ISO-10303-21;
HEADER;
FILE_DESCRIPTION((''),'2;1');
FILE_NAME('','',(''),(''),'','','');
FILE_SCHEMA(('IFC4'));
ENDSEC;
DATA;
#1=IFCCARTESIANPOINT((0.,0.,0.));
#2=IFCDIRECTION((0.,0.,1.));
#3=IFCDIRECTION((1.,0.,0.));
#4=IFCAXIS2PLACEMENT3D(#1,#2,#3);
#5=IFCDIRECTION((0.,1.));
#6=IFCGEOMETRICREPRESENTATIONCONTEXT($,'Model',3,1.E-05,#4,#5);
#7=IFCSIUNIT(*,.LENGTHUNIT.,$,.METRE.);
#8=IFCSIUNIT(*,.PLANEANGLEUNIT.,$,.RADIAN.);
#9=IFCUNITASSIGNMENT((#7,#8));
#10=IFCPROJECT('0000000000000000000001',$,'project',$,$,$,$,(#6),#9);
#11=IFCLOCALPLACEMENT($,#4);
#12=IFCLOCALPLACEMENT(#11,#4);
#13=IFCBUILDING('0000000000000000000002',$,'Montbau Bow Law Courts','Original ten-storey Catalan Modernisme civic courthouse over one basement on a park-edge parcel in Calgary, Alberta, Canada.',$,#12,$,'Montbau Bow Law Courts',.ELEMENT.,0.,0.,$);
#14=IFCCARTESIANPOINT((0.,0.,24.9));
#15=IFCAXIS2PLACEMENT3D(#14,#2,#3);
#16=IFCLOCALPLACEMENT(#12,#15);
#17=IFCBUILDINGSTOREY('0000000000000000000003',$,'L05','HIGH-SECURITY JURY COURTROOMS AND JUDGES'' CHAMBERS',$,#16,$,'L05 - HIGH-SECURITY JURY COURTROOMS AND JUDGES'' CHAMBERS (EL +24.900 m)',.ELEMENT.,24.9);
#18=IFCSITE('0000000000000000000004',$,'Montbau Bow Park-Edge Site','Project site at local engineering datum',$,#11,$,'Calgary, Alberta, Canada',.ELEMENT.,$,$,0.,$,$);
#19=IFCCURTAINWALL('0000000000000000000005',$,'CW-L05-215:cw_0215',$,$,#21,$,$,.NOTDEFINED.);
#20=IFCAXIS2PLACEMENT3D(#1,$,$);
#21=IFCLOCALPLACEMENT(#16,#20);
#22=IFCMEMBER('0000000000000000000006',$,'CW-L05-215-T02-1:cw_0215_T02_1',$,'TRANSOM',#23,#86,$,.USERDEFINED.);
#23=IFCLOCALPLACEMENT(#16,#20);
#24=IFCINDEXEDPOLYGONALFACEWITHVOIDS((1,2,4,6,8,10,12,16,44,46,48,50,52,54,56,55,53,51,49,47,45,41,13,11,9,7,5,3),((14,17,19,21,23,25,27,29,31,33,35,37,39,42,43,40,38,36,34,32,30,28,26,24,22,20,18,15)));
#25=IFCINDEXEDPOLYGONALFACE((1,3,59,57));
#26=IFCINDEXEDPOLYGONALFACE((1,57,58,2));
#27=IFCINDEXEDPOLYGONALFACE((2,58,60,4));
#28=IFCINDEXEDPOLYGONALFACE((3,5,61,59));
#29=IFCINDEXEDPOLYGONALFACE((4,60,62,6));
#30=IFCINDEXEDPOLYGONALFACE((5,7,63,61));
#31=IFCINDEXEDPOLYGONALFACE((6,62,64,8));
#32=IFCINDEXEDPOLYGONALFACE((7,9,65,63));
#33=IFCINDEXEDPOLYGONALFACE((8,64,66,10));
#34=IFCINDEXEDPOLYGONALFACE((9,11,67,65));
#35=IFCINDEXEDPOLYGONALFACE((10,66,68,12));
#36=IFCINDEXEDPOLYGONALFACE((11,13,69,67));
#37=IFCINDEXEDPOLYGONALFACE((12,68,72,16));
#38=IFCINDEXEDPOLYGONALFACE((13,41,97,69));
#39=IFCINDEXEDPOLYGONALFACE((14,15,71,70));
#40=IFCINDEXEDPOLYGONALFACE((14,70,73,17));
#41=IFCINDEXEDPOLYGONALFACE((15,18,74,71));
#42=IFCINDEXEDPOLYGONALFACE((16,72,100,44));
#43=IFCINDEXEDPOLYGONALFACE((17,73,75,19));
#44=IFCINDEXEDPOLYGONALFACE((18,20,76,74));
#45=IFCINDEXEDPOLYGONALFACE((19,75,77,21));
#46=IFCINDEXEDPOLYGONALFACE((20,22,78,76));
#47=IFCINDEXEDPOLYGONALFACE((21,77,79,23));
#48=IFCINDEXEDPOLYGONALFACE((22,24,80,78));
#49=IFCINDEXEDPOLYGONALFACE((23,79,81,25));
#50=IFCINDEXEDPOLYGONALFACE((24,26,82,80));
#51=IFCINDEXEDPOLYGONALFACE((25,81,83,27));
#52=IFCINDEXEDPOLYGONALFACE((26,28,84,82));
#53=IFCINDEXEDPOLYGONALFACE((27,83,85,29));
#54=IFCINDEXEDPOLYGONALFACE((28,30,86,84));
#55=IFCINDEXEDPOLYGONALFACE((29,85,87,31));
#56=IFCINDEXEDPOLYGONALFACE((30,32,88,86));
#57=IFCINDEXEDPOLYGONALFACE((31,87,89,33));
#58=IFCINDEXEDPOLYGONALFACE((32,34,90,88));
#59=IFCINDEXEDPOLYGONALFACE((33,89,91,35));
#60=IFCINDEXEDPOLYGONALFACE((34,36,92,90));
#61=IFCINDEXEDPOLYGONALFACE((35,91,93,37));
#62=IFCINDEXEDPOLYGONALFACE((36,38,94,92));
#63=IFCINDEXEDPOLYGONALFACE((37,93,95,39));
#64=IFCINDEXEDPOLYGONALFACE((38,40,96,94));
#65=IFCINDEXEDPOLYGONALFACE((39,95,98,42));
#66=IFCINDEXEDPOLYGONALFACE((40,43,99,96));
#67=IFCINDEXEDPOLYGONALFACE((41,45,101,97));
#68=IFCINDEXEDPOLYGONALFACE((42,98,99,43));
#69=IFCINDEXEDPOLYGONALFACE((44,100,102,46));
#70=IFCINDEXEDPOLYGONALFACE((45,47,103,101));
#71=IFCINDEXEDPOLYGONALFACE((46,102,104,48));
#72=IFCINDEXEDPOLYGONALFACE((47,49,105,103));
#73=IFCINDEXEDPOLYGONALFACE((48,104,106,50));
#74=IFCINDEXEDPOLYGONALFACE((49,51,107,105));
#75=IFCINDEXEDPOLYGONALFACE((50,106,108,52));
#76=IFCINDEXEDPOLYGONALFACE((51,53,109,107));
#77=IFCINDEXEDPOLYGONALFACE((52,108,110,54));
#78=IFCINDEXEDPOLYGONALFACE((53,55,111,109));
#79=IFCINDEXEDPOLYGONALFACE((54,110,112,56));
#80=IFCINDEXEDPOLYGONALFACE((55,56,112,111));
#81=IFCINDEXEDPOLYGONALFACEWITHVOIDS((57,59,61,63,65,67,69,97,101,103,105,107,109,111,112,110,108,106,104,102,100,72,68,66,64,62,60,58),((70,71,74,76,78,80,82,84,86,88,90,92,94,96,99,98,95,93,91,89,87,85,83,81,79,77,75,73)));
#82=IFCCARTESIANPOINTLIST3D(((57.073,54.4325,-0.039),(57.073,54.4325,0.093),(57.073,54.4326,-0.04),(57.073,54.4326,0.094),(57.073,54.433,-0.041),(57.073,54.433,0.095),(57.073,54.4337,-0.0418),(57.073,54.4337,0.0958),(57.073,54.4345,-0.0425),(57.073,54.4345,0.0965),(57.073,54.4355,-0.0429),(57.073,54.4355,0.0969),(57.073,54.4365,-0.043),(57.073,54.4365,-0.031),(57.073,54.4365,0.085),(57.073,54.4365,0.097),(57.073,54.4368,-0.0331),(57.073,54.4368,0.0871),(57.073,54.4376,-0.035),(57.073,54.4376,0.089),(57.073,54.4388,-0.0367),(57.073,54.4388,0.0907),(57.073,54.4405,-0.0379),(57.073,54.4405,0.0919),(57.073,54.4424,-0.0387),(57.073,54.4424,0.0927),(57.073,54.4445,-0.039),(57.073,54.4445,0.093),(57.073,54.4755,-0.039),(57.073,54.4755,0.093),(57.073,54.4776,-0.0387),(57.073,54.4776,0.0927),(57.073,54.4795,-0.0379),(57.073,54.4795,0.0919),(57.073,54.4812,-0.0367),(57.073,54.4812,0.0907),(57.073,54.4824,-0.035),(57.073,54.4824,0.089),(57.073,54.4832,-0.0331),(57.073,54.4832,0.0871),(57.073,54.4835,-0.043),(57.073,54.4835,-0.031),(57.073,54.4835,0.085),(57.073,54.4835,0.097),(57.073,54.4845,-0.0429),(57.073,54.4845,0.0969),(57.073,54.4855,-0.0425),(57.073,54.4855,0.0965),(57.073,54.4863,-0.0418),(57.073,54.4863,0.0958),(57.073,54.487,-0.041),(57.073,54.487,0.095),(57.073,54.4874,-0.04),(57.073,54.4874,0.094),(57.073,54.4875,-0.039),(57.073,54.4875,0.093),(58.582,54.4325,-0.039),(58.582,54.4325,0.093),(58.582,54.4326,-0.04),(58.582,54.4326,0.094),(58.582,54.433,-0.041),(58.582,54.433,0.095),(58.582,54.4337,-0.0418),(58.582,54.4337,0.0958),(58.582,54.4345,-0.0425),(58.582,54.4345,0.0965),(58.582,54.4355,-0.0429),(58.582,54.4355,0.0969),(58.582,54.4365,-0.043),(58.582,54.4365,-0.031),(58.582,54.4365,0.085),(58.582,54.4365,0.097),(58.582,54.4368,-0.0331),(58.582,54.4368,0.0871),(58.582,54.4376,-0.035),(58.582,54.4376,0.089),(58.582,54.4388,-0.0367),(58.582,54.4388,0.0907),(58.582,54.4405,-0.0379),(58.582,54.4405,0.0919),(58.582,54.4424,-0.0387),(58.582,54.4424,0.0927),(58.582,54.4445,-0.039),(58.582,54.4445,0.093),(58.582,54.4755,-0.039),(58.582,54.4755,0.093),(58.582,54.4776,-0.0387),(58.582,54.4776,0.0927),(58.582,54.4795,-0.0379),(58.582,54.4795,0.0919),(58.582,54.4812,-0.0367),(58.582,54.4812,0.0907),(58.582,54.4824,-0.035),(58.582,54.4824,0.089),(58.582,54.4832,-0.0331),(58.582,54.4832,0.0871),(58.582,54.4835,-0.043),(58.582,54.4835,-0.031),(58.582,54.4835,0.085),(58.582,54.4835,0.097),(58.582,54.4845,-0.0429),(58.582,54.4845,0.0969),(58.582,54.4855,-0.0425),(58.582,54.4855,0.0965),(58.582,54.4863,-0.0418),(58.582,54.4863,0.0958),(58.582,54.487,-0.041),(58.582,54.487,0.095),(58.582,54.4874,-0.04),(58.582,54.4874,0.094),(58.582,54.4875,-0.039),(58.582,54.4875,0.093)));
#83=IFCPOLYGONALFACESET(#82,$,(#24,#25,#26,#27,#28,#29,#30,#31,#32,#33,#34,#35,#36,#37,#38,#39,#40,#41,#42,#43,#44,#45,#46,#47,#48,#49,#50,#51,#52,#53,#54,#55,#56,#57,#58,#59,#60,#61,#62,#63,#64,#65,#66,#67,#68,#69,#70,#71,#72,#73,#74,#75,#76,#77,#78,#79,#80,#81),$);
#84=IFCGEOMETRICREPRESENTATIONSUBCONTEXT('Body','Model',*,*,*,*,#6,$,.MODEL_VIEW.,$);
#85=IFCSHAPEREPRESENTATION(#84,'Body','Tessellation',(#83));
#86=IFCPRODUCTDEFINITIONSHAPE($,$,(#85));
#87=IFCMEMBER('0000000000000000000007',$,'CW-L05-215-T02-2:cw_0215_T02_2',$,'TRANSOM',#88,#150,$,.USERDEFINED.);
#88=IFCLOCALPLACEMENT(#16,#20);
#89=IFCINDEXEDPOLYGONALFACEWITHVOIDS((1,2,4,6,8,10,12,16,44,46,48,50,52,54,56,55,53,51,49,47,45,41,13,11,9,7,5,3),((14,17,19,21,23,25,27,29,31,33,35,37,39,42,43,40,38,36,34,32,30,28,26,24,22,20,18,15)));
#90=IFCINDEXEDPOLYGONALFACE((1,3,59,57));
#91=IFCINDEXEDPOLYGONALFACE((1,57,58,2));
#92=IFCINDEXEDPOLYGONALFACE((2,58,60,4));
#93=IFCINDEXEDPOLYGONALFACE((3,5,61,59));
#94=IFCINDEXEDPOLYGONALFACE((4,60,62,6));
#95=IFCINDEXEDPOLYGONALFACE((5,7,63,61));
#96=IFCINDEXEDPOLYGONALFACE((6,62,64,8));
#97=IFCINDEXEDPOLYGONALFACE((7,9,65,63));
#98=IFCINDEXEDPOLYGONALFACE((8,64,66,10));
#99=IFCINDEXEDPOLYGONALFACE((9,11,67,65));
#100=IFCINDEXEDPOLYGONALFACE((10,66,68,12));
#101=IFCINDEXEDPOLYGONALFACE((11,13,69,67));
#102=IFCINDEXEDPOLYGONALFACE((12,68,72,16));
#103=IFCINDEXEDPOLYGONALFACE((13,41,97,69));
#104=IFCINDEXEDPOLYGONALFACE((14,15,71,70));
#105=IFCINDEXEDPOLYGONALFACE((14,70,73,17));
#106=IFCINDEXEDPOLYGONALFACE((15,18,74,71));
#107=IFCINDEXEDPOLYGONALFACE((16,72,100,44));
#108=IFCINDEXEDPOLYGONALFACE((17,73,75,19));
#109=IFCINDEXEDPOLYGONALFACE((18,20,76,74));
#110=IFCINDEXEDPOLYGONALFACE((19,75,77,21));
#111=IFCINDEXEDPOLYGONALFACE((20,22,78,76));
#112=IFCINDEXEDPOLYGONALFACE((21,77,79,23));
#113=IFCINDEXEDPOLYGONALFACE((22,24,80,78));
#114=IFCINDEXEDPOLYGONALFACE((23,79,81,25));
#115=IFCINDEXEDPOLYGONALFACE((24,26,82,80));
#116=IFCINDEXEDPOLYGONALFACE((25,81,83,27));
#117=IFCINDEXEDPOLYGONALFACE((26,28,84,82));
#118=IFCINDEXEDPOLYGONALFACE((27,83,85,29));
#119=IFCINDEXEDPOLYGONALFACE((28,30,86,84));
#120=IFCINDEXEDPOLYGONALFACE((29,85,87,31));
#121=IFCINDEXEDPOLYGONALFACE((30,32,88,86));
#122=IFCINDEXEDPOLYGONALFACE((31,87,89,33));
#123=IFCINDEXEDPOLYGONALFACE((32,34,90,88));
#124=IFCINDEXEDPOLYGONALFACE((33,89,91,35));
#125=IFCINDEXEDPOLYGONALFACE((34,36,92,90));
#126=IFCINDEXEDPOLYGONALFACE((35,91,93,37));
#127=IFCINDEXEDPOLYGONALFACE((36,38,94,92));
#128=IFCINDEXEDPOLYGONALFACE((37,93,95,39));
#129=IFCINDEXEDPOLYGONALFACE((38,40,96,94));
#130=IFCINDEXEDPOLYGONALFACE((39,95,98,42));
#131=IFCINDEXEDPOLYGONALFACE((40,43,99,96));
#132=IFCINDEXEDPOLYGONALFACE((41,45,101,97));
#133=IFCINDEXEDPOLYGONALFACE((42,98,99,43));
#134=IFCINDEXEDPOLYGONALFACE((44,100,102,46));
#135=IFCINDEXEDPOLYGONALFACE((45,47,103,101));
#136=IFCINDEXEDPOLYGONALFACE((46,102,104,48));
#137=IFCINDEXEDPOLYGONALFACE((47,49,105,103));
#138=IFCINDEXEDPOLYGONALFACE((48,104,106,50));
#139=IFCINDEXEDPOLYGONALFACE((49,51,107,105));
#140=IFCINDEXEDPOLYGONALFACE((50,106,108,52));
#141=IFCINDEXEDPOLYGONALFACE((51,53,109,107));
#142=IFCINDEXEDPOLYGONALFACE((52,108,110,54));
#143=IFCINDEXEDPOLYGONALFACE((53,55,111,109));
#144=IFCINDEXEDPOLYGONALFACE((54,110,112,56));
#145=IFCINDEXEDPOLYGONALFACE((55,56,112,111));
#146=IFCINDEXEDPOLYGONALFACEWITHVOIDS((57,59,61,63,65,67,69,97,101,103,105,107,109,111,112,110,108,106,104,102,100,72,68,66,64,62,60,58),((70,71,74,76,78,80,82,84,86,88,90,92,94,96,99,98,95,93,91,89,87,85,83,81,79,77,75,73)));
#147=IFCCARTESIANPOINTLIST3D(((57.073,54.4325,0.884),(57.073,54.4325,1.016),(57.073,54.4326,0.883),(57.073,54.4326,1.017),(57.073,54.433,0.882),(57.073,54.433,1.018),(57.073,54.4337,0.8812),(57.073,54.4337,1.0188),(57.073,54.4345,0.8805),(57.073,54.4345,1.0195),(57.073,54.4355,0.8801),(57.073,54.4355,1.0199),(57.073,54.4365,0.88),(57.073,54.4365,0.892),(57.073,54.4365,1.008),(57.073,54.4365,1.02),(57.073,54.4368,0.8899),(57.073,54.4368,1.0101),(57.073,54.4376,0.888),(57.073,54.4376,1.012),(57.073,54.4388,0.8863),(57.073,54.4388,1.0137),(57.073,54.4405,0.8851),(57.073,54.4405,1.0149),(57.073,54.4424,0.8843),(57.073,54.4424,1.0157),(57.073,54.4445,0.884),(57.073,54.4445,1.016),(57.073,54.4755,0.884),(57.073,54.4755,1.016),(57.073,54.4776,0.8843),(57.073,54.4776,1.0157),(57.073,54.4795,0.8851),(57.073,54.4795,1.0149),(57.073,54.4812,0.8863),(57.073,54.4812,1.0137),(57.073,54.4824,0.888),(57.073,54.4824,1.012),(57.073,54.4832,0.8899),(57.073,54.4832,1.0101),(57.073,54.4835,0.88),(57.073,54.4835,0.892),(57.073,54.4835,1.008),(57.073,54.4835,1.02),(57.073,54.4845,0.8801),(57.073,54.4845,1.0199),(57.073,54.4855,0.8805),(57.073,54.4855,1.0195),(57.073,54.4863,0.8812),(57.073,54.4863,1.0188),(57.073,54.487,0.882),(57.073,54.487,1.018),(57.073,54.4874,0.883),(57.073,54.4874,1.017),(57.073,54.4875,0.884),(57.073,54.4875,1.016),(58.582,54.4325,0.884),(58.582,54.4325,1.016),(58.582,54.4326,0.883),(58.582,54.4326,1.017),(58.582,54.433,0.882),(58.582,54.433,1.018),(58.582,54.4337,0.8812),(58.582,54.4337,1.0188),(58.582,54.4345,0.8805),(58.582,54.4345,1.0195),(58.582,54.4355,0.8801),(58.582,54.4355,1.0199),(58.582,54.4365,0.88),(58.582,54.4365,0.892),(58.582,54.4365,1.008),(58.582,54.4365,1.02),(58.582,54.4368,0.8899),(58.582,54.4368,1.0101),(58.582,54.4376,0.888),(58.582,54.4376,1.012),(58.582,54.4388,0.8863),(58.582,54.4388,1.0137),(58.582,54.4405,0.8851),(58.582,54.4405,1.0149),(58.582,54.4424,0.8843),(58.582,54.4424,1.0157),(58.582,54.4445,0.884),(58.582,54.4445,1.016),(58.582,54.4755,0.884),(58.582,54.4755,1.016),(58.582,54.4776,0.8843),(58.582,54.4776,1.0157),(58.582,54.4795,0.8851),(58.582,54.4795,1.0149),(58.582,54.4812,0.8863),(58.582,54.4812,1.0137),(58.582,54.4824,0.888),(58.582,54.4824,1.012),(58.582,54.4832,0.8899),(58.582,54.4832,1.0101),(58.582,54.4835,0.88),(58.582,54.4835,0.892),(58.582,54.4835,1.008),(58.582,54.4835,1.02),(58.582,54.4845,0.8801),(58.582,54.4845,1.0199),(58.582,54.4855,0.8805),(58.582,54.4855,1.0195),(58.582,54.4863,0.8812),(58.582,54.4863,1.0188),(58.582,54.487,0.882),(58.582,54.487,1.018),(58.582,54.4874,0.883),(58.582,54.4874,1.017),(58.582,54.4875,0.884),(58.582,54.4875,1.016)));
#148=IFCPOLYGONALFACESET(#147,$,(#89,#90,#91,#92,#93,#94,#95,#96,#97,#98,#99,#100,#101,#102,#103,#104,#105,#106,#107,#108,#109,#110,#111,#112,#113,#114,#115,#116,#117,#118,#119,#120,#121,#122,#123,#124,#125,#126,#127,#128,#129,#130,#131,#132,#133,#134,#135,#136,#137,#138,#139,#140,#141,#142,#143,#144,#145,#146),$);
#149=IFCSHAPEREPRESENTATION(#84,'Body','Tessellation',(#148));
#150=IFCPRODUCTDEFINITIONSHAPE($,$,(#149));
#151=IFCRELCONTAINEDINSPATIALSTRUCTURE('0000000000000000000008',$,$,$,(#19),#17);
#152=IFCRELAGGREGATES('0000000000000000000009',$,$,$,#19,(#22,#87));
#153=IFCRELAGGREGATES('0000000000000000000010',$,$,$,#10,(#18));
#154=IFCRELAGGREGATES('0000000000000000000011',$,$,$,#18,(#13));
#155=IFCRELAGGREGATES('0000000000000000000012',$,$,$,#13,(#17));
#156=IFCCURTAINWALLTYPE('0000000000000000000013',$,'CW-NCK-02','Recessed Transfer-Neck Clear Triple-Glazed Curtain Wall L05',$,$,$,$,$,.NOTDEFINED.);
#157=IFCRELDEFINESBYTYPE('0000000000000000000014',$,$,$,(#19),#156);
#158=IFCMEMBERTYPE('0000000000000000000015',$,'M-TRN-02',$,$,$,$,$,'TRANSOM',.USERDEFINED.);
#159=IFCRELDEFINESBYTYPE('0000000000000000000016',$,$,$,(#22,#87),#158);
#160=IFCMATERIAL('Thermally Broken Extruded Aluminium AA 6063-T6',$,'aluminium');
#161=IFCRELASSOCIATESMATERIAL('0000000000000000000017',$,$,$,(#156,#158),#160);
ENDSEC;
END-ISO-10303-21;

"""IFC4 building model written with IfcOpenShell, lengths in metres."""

from ifc_helpers import new_model, si_unit, direction, frame, origin_with_axes, origin_2d_with_axis, place, context, subcontext, project, spatial, hollow_rectangle, extrude, material, material_profile, profile_set, type_object, element, aggregate, save


model = new_model("IFC4")

# Units and contexts
model_context = context("Model", 3, precision=1e-05, world=origin_with_axes(), true_north=direction((0.0, 1.0)))
body_context = subcontext(model_context, "Body", "Model", "MODEL_VIEW")
ifc_project = project(units=[si_unit("LENGTHUNIT", "METRE"), si_unit("PLANEANGLEUNIT", "RADIAN")], contexts=[model_context])

# Site, building, storey
site_placement = place(None, origin_with_axes())
site = spatial("IfcSite", under=ifc_project, at=site_placement, Name="Montbau Bow Park-Edge Site", Description="Project site at local engineering datum", LongName="Calgary, Alberta, Canada", CompositionType="ELEMENT", RefElevation=0.0)
building_placement = place(site_placement, origin_with_axes())
building = spatial("IfcBuilding", under=site, at=building_placement, Name="Montbau Bow Law Courts", Description="Original ten-storey Catalan Modernisme civic courthouse over one basement on a park-edge parcel in Calgary, Alberta, Canada.", LongName="Montbau Bow Law Courts", CompositionType="ELEMENT", ElevationOfRefHeight=0.0, ElevationOfTerrain=0.0)
storey_placement = place(building_placement, frame((0.0, 0.0, 24.9), z_axis=(0.0, 0.0, 1.0), x_axis=(1.0, 0.0, 0.0)))
storey = spatial("IfcBuildingStorey", under=building, at=storey_placement, Name="L05", Description="HIGH-SECURITY JURY COURTROOMS AND JUDGES' CHAMBERS", LongName="L05 - HIGH-SECURITY JURY COURTROOMS AND JUDGES' CHAMBERS (EL +24.900 m)", CompositionType="ELEMENT", Elevation=24.9)

# Curtain wall, members
ifc_material_1 = material(Name="Thermally Broken Extruded Aluminium AA 6063-T6", Category="aluminium")
curtain_wall_type = type_object("IfcCurtainWallType", Name="CW-NCK-02", Description="Recessed Transfer-Neck Clear Triple-Glazed Curtain Wall L05", PredefinedType="NOTDEFINED", material=ifc_material_1)
curtain_wall_placement = place(None, frame((55.468, 54.46, 24.9), z_axis=(0.0, 0.0, 1.0), x_axis=(1.0, 0.0, 0.0)))
curtain_wall = element("IfcCurtainWall", 1, at=curtain_wall_placement, inside=storey, type_object=curtain_wall_type, Name="CW-L05-215:cw_0215", PredefinedType="NOTDEFINED")
ifc_material_profile_1 = material_profile(ifc_material_1, hollow_rectangle(XDim=0.055, YDim=0.14, WallThickness=0.004, InnerFilletRadius=0.008, OuterFilletRadius=0.004, at=origin_2d_with_axis()), Name="CWT-140X55", Category="Main", Priority=0)
ifc_profile_set_1 = profile_set([ifc_material_profile_1], Name="Thermally Broken Extruded Aluminium AA 6063-T6")
member_type_1 = type_object("IfcMemberType", Name="M-TRN-02", ElementType="TRANSOM", PredefinedType="USERDEFINED", material=ifc_profile_set_1)
member_1_placement = place(None, frame((57.073, 54.46, 24.927), z_axis=(1.0, 0.0, 0.0), x_axis=(0.0, 1.0, 0.0)))
member_1 = element("IfcMember", 2, at=member_1_placement, type_object=member_type_1, Name="CW-L05-215-T02-1:cw_0215_T02_1", ObjectType="TRANSOM", PredefinedType="USERDEFINED", context=body_context, shape_type="SweptSolid", body=[
    extrude(hollow_rectangle(XDim=0.055, YDim=0.14, WallThickness=0.004, InnerFilletRadius=0.008, OuterFilletRadius=0.004, at=origin_2d_with_axis()), origin_with_axes(), (0.0, 0.0, 1.0), 1.509),
])
member_2_placement = place(None, frame((57.073, 54.46, 25.85), z_axis=(1.0, 0.0, 0.0), x_axis=(0.0, 1.0, 0.0)))
member_2 = element("IfcMember", 3, at=member_2_placement, type_object=member_type_1, Name="CW-L05-215-T02-2:cw_0215_T02_2", ObjectType="TRANSOM", PredefinedType="USERDEFINED", context=body_context, shape_type="SweptSolid", body=[
    extrude(hollow_rectangle(XDim=0.055, YDim=0.14, WallThickness=0.004, InnerFilletRadius=0.008, OuterFilletRadius=0.004, at=origin_2d_with_axis()), origin_with_axes(), (0.0, 0.0, 1.0), 1.509),
])
aggregate(curtain_wall, [member_1, member_2])

save(model, "model.ifc")
